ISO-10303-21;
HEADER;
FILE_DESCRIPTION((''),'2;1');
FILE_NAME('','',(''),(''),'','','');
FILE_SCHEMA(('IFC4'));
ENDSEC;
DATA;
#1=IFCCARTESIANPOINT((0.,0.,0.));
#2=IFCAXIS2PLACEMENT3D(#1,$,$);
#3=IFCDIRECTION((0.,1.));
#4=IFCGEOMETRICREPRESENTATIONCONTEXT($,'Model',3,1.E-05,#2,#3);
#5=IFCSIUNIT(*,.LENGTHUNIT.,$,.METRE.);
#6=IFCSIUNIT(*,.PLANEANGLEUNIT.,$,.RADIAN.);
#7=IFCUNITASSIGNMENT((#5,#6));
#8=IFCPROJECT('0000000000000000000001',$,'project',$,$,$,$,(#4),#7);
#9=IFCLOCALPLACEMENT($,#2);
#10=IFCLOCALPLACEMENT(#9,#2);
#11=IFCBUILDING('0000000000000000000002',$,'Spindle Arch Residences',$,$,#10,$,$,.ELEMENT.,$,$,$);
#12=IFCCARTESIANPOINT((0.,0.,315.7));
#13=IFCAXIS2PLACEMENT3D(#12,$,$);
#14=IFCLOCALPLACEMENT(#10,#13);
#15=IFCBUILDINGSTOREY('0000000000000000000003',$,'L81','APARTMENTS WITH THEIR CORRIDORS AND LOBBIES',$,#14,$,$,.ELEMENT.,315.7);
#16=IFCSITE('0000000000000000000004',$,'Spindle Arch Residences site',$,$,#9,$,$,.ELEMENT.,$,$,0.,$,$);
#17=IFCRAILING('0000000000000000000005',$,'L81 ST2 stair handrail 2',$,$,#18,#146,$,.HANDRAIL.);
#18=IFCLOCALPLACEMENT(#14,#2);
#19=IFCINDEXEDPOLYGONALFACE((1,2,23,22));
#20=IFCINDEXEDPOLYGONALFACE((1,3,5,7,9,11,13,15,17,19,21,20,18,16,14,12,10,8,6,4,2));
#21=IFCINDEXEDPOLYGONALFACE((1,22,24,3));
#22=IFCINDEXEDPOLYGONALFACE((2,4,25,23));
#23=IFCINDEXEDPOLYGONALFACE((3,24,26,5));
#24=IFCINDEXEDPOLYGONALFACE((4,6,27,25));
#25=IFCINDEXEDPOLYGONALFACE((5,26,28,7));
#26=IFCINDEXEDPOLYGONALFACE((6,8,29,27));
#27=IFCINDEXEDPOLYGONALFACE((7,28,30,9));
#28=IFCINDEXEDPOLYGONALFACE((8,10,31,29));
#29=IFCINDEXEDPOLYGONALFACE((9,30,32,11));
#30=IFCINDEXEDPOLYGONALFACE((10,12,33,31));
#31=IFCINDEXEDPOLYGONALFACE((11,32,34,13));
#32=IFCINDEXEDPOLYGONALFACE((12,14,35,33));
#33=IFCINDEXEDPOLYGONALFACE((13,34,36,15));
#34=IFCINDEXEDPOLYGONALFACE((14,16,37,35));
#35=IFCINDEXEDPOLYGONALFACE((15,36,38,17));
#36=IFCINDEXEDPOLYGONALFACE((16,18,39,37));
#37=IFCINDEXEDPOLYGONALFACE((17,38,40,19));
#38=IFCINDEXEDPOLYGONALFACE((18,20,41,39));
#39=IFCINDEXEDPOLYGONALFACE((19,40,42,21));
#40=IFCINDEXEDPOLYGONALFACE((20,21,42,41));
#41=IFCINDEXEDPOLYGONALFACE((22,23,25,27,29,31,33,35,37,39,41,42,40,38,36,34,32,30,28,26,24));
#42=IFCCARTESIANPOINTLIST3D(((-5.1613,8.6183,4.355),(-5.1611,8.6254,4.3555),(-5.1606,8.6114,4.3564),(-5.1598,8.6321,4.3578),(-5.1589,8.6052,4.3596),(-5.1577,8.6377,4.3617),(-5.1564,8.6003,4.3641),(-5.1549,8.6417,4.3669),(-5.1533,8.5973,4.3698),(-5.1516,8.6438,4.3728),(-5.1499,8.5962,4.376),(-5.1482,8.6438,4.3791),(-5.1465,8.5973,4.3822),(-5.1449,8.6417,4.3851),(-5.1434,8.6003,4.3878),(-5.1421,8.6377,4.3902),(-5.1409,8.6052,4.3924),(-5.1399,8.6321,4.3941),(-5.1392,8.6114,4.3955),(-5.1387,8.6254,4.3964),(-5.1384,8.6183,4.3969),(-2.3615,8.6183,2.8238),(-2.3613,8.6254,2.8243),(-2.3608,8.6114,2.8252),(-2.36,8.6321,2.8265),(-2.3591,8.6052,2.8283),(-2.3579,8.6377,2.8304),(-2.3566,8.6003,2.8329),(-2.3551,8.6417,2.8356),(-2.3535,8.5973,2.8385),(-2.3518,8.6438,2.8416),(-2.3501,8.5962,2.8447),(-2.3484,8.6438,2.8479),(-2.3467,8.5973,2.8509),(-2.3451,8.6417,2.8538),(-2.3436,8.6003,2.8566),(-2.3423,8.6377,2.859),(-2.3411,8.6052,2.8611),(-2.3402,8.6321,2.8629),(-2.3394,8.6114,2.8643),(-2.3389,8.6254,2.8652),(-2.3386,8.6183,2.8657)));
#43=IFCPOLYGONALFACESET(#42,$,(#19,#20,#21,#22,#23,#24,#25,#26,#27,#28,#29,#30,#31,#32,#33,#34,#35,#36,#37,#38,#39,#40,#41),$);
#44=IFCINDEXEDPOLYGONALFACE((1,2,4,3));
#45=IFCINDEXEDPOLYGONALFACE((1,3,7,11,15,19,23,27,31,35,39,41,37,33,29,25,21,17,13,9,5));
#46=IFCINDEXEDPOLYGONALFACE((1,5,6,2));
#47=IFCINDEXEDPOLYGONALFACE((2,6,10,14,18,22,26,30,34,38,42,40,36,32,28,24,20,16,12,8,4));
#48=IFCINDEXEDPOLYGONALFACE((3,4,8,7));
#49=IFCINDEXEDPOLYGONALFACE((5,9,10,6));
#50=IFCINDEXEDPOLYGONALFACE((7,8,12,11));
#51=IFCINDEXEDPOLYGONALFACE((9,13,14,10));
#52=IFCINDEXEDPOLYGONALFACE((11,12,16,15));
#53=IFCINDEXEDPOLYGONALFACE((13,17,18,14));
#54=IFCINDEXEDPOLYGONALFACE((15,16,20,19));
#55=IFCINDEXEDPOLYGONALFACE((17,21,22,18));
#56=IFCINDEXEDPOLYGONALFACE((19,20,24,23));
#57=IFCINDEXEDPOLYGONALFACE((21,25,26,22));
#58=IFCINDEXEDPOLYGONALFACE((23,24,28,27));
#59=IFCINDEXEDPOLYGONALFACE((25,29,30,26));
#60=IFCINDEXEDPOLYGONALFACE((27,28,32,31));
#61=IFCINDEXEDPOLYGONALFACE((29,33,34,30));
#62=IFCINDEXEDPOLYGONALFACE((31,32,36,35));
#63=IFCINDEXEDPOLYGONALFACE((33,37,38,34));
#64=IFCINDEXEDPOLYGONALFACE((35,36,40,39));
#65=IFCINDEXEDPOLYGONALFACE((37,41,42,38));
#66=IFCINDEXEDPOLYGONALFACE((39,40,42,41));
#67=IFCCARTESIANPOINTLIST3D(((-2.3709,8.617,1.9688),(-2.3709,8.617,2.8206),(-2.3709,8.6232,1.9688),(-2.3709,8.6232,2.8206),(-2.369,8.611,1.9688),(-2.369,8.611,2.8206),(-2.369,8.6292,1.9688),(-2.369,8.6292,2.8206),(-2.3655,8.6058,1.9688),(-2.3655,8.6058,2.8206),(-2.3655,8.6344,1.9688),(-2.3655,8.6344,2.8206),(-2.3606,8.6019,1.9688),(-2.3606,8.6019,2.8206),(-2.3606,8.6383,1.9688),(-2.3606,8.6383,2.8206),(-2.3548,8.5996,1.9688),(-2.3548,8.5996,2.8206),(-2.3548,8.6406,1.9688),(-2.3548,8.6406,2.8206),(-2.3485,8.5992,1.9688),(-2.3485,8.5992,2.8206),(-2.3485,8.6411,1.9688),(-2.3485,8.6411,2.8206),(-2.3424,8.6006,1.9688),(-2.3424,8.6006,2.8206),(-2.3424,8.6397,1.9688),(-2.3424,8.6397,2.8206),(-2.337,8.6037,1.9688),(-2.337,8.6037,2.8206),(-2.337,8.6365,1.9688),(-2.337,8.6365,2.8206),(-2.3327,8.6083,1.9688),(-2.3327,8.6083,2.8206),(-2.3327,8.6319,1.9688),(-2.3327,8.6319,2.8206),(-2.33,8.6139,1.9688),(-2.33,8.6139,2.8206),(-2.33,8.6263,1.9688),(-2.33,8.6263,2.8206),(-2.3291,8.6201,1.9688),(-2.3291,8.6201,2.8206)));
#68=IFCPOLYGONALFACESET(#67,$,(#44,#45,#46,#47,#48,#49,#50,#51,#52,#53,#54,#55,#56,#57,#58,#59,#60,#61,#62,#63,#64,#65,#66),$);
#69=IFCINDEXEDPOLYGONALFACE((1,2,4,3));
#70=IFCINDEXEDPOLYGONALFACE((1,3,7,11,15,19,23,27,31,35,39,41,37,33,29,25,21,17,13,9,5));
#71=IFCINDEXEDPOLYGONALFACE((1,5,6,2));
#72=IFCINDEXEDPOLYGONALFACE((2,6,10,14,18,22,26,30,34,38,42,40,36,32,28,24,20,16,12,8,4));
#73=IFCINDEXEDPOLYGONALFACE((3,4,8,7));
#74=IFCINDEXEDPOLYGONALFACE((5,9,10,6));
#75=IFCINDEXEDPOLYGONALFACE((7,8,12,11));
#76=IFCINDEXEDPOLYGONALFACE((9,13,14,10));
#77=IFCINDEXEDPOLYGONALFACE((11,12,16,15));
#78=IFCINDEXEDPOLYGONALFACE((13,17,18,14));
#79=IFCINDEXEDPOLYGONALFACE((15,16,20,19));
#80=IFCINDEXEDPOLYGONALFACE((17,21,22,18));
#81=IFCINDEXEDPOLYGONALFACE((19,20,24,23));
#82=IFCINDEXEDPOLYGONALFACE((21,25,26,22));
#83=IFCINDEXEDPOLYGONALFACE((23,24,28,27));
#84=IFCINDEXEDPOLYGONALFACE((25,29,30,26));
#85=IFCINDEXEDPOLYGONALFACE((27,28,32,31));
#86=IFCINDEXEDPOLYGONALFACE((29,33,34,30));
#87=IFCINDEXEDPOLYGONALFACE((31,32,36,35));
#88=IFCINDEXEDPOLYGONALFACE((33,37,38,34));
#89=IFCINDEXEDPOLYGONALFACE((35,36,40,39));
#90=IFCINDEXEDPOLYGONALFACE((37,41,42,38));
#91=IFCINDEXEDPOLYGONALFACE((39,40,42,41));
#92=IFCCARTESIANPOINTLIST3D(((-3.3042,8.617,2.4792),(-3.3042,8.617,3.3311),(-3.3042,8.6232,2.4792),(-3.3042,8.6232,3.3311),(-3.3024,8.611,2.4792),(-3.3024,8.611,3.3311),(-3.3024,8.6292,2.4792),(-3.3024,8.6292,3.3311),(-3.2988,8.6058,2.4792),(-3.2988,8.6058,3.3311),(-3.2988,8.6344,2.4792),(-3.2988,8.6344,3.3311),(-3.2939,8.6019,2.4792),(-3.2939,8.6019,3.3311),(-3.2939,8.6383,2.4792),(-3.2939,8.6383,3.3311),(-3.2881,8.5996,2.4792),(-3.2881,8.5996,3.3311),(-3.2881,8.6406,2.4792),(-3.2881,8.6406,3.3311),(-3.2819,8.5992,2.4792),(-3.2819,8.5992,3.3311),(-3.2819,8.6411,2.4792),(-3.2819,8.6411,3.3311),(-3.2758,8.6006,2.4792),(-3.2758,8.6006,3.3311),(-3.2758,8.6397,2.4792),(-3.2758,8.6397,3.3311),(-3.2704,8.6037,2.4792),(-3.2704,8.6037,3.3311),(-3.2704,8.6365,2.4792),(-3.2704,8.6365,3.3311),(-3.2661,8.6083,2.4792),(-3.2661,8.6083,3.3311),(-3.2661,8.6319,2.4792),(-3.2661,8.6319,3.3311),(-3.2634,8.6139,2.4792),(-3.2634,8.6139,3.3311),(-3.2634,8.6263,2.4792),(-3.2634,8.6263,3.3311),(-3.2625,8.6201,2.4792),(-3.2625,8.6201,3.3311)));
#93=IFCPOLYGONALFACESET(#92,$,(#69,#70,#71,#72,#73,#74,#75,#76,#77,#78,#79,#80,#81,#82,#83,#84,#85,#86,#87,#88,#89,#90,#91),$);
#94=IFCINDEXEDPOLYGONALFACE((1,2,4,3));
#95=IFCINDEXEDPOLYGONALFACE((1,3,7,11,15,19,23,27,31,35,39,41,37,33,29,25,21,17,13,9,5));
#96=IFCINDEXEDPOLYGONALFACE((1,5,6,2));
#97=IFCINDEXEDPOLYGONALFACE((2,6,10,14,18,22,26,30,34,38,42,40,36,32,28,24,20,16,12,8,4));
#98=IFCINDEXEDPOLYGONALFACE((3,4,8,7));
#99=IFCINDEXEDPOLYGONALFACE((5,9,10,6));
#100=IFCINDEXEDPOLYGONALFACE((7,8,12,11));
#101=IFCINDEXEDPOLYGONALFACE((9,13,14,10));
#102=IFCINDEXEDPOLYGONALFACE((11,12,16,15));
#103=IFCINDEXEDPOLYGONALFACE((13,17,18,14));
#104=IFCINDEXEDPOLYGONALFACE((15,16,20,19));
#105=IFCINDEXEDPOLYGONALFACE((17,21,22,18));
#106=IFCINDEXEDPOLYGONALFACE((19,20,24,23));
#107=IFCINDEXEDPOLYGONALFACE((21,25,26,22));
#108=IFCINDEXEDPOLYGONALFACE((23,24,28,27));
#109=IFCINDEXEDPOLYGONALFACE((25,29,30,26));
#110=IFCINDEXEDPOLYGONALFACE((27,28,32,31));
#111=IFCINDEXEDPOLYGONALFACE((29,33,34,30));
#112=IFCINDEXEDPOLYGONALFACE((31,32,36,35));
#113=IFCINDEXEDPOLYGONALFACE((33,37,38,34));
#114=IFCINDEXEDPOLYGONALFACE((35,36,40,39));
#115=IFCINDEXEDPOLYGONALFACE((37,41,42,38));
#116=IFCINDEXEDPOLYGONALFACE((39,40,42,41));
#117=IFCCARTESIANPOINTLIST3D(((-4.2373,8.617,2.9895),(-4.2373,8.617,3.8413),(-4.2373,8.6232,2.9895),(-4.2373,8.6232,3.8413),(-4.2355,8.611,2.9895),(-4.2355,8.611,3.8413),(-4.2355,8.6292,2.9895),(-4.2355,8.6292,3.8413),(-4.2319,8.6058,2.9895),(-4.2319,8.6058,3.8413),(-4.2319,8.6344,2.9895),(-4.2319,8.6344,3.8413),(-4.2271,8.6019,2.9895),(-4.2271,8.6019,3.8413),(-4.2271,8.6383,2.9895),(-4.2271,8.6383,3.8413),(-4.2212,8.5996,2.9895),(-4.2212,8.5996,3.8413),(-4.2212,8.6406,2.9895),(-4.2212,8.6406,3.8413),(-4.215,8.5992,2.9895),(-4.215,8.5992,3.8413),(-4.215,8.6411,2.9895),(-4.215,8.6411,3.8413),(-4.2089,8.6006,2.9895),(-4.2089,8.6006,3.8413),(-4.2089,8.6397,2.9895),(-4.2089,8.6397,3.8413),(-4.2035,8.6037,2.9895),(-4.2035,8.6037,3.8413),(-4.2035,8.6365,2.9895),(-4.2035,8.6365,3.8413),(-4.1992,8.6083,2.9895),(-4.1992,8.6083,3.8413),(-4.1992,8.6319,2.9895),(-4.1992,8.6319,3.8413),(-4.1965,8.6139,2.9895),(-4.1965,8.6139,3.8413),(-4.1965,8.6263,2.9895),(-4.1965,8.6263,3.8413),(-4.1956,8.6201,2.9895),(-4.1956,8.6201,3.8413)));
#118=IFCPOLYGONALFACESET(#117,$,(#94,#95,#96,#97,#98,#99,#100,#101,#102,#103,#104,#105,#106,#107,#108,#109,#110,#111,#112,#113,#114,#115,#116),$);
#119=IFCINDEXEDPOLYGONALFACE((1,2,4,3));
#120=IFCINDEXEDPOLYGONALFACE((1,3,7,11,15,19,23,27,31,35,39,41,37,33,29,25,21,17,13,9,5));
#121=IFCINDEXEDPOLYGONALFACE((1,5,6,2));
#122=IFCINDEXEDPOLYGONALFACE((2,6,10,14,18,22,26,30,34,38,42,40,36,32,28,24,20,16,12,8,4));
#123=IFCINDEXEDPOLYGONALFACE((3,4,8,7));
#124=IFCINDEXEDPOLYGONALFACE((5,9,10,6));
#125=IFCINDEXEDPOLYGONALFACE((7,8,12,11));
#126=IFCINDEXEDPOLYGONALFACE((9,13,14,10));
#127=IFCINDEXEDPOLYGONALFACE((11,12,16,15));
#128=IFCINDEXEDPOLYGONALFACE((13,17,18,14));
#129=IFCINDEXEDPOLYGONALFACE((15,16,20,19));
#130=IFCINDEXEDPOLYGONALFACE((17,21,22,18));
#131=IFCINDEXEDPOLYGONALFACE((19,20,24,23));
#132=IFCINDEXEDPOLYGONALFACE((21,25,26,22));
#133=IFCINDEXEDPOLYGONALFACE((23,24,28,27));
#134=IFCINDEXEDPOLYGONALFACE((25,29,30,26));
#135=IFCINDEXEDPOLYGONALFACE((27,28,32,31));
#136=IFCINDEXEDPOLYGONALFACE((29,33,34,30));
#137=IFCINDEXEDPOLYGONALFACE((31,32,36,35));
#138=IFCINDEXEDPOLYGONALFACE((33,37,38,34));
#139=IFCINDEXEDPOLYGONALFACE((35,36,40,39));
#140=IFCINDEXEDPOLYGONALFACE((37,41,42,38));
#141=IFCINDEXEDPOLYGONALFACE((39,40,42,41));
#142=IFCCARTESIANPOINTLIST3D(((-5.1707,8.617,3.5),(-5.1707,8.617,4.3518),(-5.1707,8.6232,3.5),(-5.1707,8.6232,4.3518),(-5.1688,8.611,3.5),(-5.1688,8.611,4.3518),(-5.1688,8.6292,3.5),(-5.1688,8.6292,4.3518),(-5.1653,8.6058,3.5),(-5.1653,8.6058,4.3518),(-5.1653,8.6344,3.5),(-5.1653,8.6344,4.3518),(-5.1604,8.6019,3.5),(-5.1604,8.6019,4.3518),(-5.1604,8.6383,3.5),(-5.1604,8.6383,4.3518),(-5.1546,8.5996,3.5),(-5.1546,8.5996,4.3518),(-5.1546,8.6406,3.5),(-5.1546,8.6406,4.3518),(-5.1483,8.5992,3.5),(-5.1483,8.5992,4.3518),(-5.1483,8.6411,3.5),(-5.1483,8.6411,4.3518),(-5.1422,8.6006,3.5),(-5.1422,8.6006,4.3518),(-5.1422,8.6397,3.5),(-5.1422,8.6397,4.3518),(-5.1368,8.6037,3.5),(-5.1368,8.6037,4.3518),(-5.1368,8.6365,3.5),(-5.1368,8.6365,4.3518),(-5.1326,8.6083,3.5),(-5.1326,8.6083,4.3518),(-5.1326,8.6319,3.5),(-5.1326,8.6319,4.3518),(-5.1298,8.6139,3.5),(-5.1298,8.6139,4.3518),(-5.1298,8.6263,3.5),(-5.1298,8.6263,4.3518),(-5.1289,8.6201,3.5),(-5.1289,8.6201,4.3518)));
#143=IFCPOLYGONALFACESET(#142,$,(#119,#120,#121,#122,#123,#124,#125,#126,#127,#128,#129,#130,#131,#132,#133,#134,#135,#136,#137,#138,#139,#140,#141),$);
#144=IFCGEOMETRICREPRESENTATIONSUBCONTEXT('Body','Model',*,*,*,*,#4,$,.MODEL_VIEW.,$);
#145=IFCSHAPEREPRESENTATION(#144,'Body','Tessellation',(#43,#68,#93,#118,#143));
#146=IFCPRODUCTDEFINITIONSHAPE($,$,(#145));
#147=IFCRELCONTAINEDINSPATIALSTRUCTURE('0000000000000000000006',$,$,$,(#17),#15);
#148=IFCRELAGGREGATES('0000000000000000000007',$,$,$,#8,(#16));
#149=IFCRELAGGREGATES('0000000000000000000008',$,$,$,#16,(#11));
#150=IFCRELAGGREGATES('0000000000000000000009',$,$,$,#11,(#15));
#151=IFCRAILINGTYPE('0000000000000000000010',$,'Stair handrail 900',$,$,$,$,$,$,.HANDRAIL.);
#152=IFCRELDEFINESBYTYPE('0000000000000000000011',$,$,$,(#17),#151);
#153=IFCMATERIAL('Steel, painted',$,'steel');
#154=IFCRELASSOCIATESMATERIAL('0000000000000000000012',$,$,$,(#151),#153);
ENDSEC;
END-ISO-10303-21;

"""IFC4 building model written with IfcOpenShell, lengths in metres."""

from ifc_helpers import new_model, si_unit, direction, frame, origin, origin_2d, place, context, subcontext, project, spatial, circle, extrude, material, type_object, element, save


model = new_model("IFC4")

# Units and contexts
model_context = context("Model", 3, precision=1e-05, world=origin(), true_north=direction((0.0, 1.0)))
body_context = subcontext(model_context, "Body", "Model", "MODEL_VIEW")
ifc_project = project(units=[si_unit("LENGTHUNIT", "METRE"), si_unit("PLANEANGLEUNIT", "RADIAN")], contexts=[model_context])

# Site, building, storey
site_placement = place(None, origin())
site = spatial("IfcSite", under=ifc_project, at=site_placement, Name="Spindle Arch Residences site", CompositionType="ELEMENT", RefElevation=0.0)
building_placement = place(site_placement, origin())
building = spatial("IfcBuilding", under=site, at=building_placement, Name="Spindle Arch Residences", CompositionType="ELEMENT")
storey_placement = place(building_placement, frame((0.0, 0.0, 315.7)))
storey = spatial("IfcBuildingStorey", under=building, at=storey_placement, Name="L81", Description="APARTMENTS WITH THEIR CORRIDORS AND LOBBIES", CompositionType="ELEMENT", Elevation=315.7)

# Railing
ifc_material_1 = material(Name="Steel, painted", Category="steel")
railing_type_1 = type_object("IfcRailingType", Name="Stair handrail 900", PredefinedType="HANDRAIL", material=ifc_material_1)
railing_1_placement = place(storey_placement, frame((-2.3501, 8.6201, 1.9688)))
element("IfcRailing", 1, at=railing_1_placement, inside=storey, type_object=railing_type_1, Name="L81 ST2 stair handrail 2", PredefinedType="HANDRAIL", context=body_context, shape_type="SweptSolid", body=[
    extrude(circle(Radius=0.0239, at=origin_2d()), frame((0.0, 0.0, 0.876), z_axis=(-0.877357, 0.0, 0.479838), x_axis=(0.0, -1.0, 0.0)), (0.0, 0.0, 1.0), 3.1912),
    extrude(circle(Radius=0.021, at=origin_2d()), origin(), (0.0, 0.0, 1.0), 0.8518),
    extrude(circle(Radius=0.021, at=origin_2d()), frame((-0.9333, 0.0, 0.5105)), (0.0, 0.0, 1.0), 0.8518),
    extrude(circle(Radius=0.021, at=origin_2d()), frame((-1.8665, 0.0, 1.0208)), (0.0, 0.0, 1.0), 0.8518),
    extrude(circle(Radius=0.021, at=origin_2d()), frame((-2.7998, 0.0, 1.5312)), (0.0, 0.0, 1.0), 0.8518),
])

save(model, "model.ifc")
